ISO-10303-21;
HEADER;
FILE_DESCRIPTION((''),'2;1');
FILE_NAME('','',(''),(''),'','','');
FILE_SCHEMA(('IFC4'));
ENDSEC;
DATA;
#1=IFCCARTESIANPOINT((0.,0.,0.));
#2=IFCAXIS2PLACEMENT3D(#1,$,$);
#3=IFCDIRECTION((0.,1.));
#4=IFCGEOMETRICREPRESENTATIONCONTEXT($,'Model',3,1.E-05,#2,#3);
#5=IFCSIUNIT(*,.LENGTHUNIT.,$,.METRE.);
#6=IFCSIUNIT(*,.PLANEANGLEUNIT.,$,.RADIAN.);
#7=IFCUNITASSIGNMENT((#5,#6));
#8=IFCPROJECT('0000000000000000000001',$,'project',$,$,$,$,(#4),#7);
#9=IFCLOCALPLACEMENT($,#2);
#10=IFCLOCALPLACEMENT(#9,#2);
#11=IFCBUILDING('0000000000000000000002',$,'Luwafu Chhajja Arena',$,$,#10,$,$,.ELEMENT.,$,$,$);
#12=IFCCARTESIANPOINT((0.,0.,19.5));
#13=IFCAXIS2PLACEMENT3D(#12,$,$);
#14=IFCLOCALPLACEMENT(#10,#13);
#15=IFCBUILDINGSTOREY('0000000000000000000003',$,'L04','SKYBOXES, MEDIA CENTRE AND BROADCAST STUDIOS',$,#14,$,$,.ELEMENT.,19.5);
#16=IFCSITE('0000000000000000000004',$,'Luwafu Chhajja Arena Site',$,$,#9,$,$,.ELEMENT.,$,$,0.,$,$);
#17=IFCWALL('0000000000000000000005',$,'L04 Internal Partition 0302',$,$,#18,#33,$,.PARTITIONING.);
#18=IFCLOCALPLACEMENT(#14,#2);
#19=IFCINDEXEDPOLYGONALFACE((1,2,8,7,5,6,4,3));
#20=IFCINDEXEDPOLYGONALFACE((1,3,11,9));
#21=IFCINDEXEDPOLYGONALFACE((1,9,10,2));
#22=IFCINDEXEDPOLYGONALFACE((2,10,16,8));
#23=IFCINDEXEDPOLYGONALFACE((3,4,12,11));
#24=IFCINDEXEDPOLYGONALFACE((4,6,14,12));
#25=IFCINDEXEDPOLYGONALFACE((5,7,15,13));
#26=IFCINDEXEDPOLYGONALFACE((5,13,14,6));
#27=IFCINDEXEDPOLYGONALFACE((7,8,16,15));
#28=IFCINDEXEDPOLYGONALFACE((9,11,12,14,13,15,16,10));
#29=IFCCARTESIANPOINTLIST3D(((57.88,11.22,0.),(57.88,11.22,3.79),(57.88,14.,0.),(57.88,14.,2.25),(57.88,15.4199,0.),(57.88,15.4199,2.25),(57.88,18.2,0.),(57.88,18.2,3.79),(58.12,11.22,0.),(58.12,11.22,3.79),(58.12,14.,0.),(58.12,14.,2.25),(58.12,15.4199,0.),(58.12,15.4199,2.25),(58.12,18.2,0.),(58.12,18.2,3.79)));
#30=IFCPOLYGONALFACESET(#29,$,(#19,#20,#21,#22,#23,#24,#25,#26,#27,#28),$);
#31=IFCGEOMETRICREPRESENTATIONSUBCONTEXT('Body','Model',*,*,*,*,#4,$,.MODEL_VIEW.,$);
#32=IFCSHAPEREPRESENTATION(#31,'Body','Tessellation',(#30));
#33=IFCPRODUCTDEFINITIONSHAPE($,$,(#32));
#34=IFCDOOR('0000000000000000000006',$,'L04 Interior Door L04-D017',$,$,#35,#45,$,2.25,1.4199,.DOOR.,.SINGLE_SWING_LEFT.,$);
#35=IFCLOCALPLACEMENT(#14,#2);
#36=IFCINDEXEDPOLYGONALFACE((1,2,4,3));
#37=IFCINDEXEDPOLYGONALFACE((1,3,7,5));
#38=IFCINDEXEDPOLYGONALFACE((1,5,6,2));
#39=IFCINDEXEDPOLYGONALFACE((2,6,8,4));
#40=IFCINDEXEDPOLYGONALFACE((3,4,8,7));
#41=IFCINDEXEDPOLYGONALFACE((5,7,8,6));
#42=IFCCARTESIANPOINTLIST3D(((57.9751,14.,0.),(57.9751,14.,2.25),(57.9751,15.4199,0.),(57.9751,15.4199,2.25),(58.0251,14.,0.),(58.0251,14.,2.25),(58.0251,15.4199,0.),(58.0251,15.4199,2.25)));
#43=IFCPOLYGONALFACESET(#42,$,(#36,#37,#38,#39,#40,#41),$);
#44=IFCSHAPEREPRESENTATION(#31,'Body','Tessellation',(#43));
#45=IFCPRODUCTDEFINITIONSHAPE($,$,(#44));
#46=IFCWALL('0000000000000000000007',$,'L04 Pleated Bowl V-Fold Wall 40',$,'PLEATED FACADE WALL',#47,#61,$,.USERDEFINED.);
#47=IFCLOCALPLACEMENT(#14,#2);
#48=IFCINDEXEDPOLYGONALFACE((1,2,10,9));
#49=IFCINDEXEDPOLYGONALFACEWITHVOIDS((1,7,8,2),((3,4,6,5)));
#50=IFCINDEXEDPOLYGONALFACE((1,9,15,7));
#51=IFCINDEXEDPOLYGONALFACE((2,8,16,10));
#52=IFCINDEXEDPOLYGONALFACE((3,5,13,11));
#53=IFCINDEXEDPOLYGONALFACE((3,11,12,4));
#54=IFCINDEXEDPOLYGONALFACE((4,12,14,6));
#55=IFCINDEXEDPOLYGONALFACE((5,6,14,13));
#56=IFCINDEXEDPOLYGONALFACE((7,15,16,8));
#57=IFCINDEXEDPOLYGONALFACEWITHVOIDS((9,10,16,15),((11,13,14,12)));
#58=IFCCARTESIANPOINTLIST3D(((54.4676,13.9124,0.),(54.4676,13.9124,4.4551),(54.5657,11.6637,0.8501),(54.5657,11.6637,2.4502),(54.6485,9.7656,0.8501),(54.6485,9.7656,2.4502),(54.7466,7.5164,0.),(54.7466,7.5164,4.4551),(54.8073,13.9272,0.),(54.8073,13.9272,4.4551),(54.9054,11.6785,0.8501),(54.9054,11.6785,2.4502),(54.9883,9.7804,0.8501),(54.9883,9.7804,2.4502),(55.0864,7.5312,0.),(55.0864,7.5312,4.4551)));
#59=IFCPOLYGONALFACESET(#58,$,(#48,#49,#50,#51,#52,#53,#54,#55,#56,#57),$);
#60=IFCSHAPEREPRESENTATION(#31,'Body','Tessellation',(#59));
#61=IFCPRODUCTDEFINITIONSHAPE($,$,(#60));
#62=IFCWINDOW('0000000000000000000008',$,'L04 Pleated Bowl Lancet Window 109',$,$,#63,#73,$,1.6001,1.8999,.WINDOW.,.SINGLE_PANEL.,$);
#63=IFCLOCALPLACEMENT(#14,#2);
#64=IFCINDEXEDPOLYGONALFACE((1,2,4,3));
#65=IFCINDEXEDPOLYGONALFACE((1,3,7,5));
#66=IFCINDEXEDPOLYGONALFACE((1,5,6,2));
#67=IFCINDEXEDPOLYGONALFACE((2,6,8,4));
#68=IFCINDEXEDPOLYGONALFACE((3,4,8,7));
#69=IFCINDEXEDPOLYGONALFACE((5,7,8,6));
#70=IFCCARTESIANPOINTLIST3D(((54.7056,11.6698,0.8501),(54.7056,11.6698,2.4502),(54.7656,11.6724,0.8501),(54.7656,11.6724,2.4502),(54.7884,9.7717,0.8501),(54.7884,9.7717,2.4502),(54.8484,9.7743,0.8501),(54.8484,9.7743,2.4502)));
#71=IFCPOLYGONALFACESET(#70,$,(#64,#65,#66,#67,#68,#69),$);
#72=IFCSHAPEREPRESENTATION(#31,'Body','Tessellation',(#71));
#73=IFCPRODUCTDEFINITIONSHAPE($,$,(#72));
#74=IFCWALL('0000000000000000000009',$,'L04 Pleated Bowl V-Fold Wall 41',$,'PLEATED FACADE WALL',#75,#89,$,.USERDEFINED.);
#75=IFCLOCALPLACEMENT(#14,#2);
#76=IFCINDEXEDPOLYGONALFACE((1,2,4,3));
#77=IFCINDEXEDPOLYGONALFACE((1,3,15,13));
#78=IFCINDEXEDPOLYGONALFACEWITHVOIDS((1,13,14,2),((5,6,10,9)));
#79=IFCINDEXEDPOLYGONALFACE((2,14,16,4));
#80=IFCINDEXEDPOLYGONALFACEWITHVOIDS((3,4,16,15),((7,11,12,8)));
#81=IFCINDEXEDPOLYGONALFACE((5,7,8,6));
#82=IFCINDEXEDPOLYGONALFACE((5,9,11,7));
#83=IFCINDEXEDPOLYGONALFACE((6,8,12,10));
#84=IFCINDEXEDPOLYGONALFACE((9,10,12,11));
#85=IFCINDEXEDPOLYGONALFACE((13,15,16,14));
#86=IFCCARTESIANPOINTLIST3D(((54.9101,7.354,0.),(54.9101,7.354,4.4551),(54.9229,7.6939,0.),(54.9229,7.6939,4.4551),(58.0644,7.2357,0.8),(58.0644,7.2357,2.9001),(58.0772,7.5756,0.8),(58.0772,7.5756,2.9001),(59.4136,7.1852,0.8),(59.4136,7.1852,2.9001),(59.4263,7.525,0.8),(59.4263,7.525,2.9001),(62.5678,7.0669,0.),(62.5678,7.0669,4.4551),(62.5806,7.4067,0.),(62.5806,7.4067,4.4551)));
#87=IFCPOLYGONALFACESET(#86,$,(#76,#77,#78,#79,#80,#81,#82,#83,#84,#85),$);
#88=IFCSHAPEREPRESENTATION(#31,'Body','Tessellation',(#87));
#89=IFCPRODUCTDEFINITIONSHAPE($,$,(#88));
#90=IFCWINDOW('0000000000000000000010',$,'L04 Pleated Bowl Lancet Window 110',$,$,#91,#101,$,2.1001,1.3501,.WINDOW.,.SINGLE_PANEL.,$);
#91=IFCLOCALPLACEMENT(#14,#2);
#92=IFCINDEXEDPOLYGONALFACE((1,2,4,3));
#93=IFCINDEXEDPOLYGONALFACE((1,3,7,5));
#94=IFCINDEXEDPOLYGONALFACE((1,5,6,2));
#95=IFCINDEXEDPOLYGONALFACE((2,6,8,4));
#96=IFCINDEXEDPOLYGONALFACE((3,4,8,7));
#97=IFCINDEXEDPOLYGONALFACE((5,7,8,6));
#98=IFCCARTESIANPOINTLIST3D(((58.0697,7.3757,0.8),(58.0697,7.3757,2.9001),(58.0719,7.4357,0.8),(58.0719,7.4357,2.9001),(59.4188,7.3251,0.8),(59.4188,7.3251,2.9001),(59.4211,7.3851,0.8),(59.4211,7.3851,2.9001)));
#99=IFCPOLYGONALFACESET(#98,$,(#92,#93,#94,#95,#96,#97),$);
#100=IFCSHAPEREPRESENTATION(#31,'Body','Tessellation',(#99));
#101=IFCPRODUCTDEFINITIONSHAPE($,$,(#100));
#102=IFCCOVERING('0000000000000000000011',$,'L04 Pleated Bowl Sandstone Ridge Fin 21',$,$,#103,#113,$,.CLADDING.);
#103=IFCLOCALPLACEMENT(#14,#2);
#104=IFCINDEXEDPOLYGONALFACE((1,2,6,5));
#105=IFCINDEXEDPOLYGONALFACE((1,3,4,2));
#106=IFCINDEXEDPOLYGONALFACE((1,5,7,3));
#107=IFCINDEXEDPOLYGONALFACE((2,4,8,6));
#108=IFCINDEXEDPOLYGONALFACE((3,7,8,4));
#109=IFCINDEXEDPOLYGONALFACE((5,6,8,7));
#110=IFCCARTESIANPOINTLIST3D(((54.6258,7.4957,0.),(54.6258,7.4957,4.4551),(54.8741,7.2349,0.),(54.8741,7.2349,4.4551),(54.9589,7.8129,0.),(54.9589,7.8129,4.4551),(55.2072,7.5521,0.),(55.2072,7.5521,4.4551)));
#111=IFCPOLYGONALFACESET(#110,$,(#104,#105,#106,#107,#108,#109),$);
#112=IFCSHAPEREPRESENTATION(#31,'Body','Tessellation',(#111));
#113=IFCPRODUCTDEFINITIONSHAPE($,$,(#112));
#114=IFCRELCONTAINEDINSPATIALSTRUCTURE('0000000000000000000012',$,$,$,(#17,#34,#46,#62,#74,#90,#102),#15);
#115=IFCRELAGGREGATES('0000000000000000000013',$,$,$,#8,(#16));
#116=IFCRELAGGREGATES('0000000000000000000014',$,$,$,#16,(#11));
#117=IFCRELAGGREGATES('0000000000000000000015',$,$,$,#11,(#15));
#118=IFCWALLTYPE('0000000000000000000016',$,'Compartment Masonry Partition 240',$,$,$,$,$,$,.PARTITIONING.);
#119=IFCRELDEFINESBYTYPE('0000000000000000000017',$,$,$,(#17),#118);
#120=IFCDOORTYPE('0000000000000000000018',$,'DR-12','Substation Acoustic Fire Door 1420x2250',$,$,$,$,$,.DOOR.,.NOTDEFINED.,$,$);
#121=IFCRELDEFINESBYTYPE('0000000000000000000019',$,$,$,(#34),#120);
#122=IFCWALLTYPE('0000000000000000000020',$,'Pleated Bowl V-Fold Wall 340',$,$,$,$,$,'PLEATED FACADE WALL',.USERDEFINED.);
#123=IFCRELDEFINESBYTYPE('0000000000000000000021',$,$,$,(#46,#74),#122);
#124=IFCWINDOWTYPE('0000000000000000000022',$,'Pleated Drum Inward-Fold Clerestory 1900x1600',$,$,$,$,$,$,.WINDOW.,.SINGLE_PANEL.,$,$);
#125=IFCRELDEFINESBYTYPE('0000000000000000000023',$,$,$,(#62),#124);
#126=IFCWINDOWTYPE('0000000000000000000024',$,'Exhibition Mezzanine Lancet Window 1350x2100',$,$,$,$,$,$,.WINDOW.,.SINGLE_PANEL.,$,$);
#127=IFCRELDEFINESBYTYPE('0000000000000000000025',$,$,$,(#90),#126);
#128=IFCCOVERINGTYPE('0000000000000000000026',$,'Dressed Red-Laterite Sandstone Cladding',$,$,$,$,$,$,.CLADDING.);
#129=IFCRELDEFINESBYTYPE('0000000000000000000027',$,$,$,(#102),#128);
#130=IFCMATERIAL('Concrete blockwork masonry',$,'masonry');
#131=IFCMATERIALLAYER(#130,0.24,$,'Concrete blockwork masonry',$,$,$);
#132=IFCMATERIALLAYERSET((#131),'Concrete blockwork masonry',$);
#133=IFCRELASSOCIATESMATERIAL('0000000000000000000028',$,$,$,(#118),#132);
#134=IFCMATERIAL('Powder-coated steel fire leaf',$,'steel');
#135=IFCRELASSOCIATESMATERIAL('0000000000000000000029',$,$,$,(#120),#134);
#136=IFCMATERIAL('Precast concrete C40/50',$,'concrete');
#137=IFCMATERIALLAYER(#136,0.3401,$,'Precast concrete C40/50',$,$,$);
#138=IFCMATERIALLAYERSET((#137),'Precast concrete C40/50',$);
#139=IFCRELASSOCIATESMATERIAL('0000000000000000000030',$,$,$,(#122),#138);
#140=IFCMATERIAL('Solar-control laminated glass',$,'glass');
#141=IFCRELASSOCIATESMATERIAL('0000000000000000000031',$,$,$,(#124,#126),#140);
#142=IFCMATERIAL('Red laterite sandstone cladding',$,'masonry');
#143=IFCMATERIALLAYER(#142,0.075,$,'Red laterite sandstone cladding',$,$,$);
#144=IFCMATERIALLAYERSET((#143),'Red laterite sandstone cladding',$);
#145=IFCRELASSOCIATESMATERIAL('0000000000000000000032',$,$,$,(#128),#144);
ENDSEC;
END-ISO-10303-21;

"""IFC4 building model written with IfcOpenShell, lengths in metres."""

from ifc_helpers import new_model, si_unit, direction, frame, frame_2d, origin, origin_2d, place, context, subcontext, project, spatial, rectangle, extrude, material, layer, layer_set, type_object, element, fill, save


model = new_model("IFC4")

# Units and contexts
model_context = context("Model", 3, precision=1e-05, world=origin(), true_north=direction((0.0, 1.0)))
body_context = subcontext(model_context, "Body", "Model", "MODEL_VIEW")
ifc_project = project(units=[si_unit("LENGTHUNIT", "METRE"), si_unit("PLANEANGLEUNIT", "RADIAN")], contexts=[model_context])

# Site, building, storey
site_placement = place(None, origin())
site = spatial("IfcSite", under=ifc_project, at=site_placement, Name="Luwafu Chhajja Arena Site", CompositionType="ELEMENT", RefElevation=0.0)
building_placement = place(site_placement, origin())
building = spatial("IfcBuilding", under=site, at=building_placement, Name="Luwafu Chhajja Arena", CompositionType="ELEMENT")
storey_placement = place(building_placement, frame((0.0, 0.0, 19.5)))
storey = spatial("IfcBuildingStorey", under=building, at=storey_placement, Name="L04", Description="SKYBOXES, MEDIA CENTRE AND BROADCAST STUDIOS", CompositionType="ELEMENT", Elevation=19.5)

# Shared definitions
ifc_material_1 = material(Name="Solar-control laminated glass", Category="glass")

# Wall, opening, door
ifc_material_2 = material(Name="Concrete blockwork masonry", Category="masonry")
ifc_layer_1 = layer(ifc_material_2, 0.24, Name="Concrete blockwork masonry")
ifc_layer_set_1 = layer_set([ifc_layer_1], Name="Concrete blockwork masonry")
wall_type_1 = type_object("IfcWallType", Name="Compartment Masonry Partition 240", PredefinedType="PARTITIONING", material=ifc_layer_set_1)
wall_1_placement = place(storey_placement, frame((58.0, 11.22, 0.0), z_axis=(0.0, 0.0, 1.0), x_axis=(0.0, 1.0, 0.0)))
wall_1 = element("IfcWall", 1, at=wall_1_placement, inside=storey, type_object=wall_type_1, Name="L04 Internal Partition 0302", PredefinedType="PARTITIONING", context=body_context, shape_type="SweptSolid", body=[
    extrude(rectangle(XDim=6.98, YDim=0.24, at=frame_2d((3.49, 0.0))), origin(), (0.0, 0.0, 1.0), 3.79),
])
opening_1_placement = place(wall_1_placement, frame((2.78, 0.0, 0.0)))
opening_1 = element("IfcOpeningElement", 2, at=opening_1_placement, cuts=wall_1, PredefinedType="OPENING", context=body_context, shape_type="SweptSolid", body=[
    extrude(rectangle(XDim=1.4199, YDim=2.25, at=frame_2d((0.71, 1.125))), frame((0.0, 0.1299, 0.0), z_axis=(0.0, -1.0, 0.0), x_axis=(1.0, 0.0, 0.0)), (0.0, 0.0, 1.0), 0.26),
])
ifc_material_3 = material(Name="Powder-coated steel fire leaf", Category="steel")
door_type = type_object("IfcDoorType", Name="DR-12", Description="Substation Acoustic Fire Door 1420x2250", OperationType="NOTDEFINED", PredefinedType="DOOR", material=ifc_material_3)
door_placement = place(opening_1_placement, origin())
door = element("IfcDoor", 3, at=door_placement, inside=storey, type_object=door_type, Name="L04 Interior Door L04-D017", OperationType="SINGLE_SWING_LEFT", OverallHeight=2.25, OverallWidth=1.4199, PredefinedType="DOOR", context=body_context, shape_type="SweptSolid", body=[
    extrude(rectangle(XDim=1.4199, YDim=2.25, at=frame_2d((0.71, 1.125))), frame((0.0, 0.0249, 0.0), z_axis=(0.0, -1.0, 0.0), x_axis=(1.0, 0.0, 0.0)), (0.0, 0.0, 1.0), 0.05),
])
fill(opening_1, door)

# Walls, openings, windows
ifc_material_4 = material(Name="Precast concrete C40/50", Category="concrete")
ifc_layer_2 = layer(ifc_material_4, 0.3401, Name="Precast concrete C40/50")
ifc_layer_set_2 = layer_set([ifc_layer_2], Name="Precast concrete C40/50")
wall_type_2 = type_object("IfcWallType", Name="Pleated Bowl V-Fold Wall 340", ElementType="PLEATED FACADE WALL", PredefinedType="USERDEFINED", material=ifc_layer_set_2)
wall_2_placement = place(storey_placement, frame((54.6375, 13.9199, 0.0), z_axis=(0.0, 0.0, 1.0), x_axis=(0.043588, -0.99905, 0.0)))
wall_2 = element("IfcWall", 4, at=wall_2_placement, inside=storey, type_object=wall_type_2, Name="L04 Pleated Bowl V-Fold Wall 40", ObjectType="PLEATED FACADE WALL", PredefinedType="USERDEFINED", context=body_context, shape_type="SweptSolid", body=[
    extrude(rectangle(XDim=6.4021, YDim=0.3401, at=frame_2d((3.2012, 0.0))), origin(), (0.0, 0.0, 1.0), 4.4551),
])
opening_2_placement = place(wall_2_placement, frame((2.251, 0.0, 0.8501)))
opening_2 = element("IfcOpeningElement", 5, at=opening_2_placement, cuts=wall_2, PredefinedType="OPENING", context=body_context, shape_type="SweptSolid", body=[
    extrude(rectangle(XDim=1.8999, YDim=1.6001, at=frame_2d((0.95, 0.8))), frame((0.0, 0.1799, 0.0), z_axis=(0.0, -1.0, 0.0), x_axis=(1.0, 0.0, 0.0)), (0.0, 0.0, 1.0), 0.3601),
])
window_type_1 = type_object("IfcWindowType", Name="Pleated Drum Inward-Fold Clerestory 1900x1600", PartitioningType="SINGLE_PANEL", PredefinedType="WINDOW", material=ifc_material_1)
window_1_placement = place(opening_2_placement, origin())
window_1 = element("IfcWindow", 6, at=window_1_placement, inside=storey, type_object=window_type_1, Name="L04 Pleated Bowl Lancet Window 109", OverallHeight=1.6001, OverallWidth=1.8999, PartitioningType="SINGLE_PANEL", PredefinedType="WINDOW", context=body_context, shape_type="SweptSolid", body=[
    extrude(rectangle(XDim=1.8999, YDim=1.6001, at=frame_2d((0.95, 0.8))), frame((0.0, 0.03, 0.0), z_axis=(0.0, -1.0, 0.0), x_axis=(1.0, 0.0, 0.0)), (0.0, 0.0, 1.0), 0.0601),
])
fill(opening_2, window_1)
wall_3_placement = place(storey_placement, frame((54.9165, 7.5239, 0.0), z_axis=(0.0, 0.0, 1.0), x_axis=(0.999298, -0.037467, 0.0)))
wall_3 = element("IfcWall", 7, at=wall_3_placement, inside=storey, type_object=wall_type_2, Name="L04 Pleated Bowl V-Fold Wall 41", ObjectType="PLEATED FACADE WALL", PredefinedType="USERDEFINED", context=body_context, shape_type="SweptSolid", body=[
    extrude(rectangle(XDim=7.6631, YDim=0.3401, at=frame_2d((3.8315, 0.0))), origin(), (0.0, 0.0, 1.0), 4.4551),
])
opening_3_placement = place(wall_3_placement, frame((3.1565, 0.0, 0.8)))
opening_3 = element("IfcOpeningElement", 8, at=opening_3_placement, cuts=wall_3, PredefinedType="OPENING", context=body_context, shape_type="SweptSolid", body=[
    extrude(rectangle(XDim=1.3501, YDim=2.1001, at=frame_2d((0.675, 1.05))), frame((0.0, 0.1799, 0.0), z_axis=(0.0, -1.0, 0.0), x_axis=(1.0, 0.0, 0.0)), (0.0, 0.0, 1.0), 0.3601),
])
window_type_2 = type_object("IfcWindowType", Name="Exhibition Mezzanine Lancet Window 1350x2100", PartitioningType="SINGLE_PANEL", PredefinedType="WINDOW", material=ifc_material_1)
window_2_placement = place(opening_3_placement, origin())
window_2 = element("IfcWindow", 9, at=window_2_placement, inside=storey, type_object=window_type_2, Name="L04 Pleated Bowl Lancet Window 110", OverallHeight=2.1001, OverallWidth=1.3501, PartitioningType="SINGLE_PANEL", PredefinedType="WINDOW", context=body_context, shape_type="SweptSolid", body=[
    extrude(rectangle(XDim=1.3501, YDim=2.1001, at=frame_2d((0.675, 1.05))), frame((0.0, 0.03, 0.0), z_axis=(0.0, -1.0, 0.0), x_axis=(1.0, 0.0, 0.0)), (0.0, 0.0, 1.0), 0.0601),
])
fill(opening_3, window_2)

# Covering
ifc_material_5 = material(Name="Red laterite sandstone cladding", Category="masonry")
ifc_layer_3 = layer(ifc_material_5, 0.075, Name="Red laterite sandstone cladding")
ifc_layer_set_3 = layer_set([ifc_layer_3], Name="Red laterite sandstone cladding")
covering_type = type_object("IfcCoveringType", Name="Dressed Red-Laterite Sandstone Cladding", PredefinedType="CLADDING", material=ifc_layer_set_3)
covering_placement = place(storey_placement, frame((54.9165, 7.5239, 0.0), z_axis=(0.0, 0.0, 1.0), x_axis=(-0.724207, -0.689583, 0.0)))
element("IfcCovering", 10, at=covering_placement, inside=storey, type_object=covering_type, Name="L04 Pleated Bowl Sandstone Ridge Fin 21", PredefinedType="CLADDING", context=body_context, shape_type="SweptSolid", body=[
    extrude(rectangle(XDim=0.46, YDim=0.3601, at=origin_2d()), origin(), (0.0, 0.0, 1.0), 4.4551),
])

save(model, "model.ifc")
